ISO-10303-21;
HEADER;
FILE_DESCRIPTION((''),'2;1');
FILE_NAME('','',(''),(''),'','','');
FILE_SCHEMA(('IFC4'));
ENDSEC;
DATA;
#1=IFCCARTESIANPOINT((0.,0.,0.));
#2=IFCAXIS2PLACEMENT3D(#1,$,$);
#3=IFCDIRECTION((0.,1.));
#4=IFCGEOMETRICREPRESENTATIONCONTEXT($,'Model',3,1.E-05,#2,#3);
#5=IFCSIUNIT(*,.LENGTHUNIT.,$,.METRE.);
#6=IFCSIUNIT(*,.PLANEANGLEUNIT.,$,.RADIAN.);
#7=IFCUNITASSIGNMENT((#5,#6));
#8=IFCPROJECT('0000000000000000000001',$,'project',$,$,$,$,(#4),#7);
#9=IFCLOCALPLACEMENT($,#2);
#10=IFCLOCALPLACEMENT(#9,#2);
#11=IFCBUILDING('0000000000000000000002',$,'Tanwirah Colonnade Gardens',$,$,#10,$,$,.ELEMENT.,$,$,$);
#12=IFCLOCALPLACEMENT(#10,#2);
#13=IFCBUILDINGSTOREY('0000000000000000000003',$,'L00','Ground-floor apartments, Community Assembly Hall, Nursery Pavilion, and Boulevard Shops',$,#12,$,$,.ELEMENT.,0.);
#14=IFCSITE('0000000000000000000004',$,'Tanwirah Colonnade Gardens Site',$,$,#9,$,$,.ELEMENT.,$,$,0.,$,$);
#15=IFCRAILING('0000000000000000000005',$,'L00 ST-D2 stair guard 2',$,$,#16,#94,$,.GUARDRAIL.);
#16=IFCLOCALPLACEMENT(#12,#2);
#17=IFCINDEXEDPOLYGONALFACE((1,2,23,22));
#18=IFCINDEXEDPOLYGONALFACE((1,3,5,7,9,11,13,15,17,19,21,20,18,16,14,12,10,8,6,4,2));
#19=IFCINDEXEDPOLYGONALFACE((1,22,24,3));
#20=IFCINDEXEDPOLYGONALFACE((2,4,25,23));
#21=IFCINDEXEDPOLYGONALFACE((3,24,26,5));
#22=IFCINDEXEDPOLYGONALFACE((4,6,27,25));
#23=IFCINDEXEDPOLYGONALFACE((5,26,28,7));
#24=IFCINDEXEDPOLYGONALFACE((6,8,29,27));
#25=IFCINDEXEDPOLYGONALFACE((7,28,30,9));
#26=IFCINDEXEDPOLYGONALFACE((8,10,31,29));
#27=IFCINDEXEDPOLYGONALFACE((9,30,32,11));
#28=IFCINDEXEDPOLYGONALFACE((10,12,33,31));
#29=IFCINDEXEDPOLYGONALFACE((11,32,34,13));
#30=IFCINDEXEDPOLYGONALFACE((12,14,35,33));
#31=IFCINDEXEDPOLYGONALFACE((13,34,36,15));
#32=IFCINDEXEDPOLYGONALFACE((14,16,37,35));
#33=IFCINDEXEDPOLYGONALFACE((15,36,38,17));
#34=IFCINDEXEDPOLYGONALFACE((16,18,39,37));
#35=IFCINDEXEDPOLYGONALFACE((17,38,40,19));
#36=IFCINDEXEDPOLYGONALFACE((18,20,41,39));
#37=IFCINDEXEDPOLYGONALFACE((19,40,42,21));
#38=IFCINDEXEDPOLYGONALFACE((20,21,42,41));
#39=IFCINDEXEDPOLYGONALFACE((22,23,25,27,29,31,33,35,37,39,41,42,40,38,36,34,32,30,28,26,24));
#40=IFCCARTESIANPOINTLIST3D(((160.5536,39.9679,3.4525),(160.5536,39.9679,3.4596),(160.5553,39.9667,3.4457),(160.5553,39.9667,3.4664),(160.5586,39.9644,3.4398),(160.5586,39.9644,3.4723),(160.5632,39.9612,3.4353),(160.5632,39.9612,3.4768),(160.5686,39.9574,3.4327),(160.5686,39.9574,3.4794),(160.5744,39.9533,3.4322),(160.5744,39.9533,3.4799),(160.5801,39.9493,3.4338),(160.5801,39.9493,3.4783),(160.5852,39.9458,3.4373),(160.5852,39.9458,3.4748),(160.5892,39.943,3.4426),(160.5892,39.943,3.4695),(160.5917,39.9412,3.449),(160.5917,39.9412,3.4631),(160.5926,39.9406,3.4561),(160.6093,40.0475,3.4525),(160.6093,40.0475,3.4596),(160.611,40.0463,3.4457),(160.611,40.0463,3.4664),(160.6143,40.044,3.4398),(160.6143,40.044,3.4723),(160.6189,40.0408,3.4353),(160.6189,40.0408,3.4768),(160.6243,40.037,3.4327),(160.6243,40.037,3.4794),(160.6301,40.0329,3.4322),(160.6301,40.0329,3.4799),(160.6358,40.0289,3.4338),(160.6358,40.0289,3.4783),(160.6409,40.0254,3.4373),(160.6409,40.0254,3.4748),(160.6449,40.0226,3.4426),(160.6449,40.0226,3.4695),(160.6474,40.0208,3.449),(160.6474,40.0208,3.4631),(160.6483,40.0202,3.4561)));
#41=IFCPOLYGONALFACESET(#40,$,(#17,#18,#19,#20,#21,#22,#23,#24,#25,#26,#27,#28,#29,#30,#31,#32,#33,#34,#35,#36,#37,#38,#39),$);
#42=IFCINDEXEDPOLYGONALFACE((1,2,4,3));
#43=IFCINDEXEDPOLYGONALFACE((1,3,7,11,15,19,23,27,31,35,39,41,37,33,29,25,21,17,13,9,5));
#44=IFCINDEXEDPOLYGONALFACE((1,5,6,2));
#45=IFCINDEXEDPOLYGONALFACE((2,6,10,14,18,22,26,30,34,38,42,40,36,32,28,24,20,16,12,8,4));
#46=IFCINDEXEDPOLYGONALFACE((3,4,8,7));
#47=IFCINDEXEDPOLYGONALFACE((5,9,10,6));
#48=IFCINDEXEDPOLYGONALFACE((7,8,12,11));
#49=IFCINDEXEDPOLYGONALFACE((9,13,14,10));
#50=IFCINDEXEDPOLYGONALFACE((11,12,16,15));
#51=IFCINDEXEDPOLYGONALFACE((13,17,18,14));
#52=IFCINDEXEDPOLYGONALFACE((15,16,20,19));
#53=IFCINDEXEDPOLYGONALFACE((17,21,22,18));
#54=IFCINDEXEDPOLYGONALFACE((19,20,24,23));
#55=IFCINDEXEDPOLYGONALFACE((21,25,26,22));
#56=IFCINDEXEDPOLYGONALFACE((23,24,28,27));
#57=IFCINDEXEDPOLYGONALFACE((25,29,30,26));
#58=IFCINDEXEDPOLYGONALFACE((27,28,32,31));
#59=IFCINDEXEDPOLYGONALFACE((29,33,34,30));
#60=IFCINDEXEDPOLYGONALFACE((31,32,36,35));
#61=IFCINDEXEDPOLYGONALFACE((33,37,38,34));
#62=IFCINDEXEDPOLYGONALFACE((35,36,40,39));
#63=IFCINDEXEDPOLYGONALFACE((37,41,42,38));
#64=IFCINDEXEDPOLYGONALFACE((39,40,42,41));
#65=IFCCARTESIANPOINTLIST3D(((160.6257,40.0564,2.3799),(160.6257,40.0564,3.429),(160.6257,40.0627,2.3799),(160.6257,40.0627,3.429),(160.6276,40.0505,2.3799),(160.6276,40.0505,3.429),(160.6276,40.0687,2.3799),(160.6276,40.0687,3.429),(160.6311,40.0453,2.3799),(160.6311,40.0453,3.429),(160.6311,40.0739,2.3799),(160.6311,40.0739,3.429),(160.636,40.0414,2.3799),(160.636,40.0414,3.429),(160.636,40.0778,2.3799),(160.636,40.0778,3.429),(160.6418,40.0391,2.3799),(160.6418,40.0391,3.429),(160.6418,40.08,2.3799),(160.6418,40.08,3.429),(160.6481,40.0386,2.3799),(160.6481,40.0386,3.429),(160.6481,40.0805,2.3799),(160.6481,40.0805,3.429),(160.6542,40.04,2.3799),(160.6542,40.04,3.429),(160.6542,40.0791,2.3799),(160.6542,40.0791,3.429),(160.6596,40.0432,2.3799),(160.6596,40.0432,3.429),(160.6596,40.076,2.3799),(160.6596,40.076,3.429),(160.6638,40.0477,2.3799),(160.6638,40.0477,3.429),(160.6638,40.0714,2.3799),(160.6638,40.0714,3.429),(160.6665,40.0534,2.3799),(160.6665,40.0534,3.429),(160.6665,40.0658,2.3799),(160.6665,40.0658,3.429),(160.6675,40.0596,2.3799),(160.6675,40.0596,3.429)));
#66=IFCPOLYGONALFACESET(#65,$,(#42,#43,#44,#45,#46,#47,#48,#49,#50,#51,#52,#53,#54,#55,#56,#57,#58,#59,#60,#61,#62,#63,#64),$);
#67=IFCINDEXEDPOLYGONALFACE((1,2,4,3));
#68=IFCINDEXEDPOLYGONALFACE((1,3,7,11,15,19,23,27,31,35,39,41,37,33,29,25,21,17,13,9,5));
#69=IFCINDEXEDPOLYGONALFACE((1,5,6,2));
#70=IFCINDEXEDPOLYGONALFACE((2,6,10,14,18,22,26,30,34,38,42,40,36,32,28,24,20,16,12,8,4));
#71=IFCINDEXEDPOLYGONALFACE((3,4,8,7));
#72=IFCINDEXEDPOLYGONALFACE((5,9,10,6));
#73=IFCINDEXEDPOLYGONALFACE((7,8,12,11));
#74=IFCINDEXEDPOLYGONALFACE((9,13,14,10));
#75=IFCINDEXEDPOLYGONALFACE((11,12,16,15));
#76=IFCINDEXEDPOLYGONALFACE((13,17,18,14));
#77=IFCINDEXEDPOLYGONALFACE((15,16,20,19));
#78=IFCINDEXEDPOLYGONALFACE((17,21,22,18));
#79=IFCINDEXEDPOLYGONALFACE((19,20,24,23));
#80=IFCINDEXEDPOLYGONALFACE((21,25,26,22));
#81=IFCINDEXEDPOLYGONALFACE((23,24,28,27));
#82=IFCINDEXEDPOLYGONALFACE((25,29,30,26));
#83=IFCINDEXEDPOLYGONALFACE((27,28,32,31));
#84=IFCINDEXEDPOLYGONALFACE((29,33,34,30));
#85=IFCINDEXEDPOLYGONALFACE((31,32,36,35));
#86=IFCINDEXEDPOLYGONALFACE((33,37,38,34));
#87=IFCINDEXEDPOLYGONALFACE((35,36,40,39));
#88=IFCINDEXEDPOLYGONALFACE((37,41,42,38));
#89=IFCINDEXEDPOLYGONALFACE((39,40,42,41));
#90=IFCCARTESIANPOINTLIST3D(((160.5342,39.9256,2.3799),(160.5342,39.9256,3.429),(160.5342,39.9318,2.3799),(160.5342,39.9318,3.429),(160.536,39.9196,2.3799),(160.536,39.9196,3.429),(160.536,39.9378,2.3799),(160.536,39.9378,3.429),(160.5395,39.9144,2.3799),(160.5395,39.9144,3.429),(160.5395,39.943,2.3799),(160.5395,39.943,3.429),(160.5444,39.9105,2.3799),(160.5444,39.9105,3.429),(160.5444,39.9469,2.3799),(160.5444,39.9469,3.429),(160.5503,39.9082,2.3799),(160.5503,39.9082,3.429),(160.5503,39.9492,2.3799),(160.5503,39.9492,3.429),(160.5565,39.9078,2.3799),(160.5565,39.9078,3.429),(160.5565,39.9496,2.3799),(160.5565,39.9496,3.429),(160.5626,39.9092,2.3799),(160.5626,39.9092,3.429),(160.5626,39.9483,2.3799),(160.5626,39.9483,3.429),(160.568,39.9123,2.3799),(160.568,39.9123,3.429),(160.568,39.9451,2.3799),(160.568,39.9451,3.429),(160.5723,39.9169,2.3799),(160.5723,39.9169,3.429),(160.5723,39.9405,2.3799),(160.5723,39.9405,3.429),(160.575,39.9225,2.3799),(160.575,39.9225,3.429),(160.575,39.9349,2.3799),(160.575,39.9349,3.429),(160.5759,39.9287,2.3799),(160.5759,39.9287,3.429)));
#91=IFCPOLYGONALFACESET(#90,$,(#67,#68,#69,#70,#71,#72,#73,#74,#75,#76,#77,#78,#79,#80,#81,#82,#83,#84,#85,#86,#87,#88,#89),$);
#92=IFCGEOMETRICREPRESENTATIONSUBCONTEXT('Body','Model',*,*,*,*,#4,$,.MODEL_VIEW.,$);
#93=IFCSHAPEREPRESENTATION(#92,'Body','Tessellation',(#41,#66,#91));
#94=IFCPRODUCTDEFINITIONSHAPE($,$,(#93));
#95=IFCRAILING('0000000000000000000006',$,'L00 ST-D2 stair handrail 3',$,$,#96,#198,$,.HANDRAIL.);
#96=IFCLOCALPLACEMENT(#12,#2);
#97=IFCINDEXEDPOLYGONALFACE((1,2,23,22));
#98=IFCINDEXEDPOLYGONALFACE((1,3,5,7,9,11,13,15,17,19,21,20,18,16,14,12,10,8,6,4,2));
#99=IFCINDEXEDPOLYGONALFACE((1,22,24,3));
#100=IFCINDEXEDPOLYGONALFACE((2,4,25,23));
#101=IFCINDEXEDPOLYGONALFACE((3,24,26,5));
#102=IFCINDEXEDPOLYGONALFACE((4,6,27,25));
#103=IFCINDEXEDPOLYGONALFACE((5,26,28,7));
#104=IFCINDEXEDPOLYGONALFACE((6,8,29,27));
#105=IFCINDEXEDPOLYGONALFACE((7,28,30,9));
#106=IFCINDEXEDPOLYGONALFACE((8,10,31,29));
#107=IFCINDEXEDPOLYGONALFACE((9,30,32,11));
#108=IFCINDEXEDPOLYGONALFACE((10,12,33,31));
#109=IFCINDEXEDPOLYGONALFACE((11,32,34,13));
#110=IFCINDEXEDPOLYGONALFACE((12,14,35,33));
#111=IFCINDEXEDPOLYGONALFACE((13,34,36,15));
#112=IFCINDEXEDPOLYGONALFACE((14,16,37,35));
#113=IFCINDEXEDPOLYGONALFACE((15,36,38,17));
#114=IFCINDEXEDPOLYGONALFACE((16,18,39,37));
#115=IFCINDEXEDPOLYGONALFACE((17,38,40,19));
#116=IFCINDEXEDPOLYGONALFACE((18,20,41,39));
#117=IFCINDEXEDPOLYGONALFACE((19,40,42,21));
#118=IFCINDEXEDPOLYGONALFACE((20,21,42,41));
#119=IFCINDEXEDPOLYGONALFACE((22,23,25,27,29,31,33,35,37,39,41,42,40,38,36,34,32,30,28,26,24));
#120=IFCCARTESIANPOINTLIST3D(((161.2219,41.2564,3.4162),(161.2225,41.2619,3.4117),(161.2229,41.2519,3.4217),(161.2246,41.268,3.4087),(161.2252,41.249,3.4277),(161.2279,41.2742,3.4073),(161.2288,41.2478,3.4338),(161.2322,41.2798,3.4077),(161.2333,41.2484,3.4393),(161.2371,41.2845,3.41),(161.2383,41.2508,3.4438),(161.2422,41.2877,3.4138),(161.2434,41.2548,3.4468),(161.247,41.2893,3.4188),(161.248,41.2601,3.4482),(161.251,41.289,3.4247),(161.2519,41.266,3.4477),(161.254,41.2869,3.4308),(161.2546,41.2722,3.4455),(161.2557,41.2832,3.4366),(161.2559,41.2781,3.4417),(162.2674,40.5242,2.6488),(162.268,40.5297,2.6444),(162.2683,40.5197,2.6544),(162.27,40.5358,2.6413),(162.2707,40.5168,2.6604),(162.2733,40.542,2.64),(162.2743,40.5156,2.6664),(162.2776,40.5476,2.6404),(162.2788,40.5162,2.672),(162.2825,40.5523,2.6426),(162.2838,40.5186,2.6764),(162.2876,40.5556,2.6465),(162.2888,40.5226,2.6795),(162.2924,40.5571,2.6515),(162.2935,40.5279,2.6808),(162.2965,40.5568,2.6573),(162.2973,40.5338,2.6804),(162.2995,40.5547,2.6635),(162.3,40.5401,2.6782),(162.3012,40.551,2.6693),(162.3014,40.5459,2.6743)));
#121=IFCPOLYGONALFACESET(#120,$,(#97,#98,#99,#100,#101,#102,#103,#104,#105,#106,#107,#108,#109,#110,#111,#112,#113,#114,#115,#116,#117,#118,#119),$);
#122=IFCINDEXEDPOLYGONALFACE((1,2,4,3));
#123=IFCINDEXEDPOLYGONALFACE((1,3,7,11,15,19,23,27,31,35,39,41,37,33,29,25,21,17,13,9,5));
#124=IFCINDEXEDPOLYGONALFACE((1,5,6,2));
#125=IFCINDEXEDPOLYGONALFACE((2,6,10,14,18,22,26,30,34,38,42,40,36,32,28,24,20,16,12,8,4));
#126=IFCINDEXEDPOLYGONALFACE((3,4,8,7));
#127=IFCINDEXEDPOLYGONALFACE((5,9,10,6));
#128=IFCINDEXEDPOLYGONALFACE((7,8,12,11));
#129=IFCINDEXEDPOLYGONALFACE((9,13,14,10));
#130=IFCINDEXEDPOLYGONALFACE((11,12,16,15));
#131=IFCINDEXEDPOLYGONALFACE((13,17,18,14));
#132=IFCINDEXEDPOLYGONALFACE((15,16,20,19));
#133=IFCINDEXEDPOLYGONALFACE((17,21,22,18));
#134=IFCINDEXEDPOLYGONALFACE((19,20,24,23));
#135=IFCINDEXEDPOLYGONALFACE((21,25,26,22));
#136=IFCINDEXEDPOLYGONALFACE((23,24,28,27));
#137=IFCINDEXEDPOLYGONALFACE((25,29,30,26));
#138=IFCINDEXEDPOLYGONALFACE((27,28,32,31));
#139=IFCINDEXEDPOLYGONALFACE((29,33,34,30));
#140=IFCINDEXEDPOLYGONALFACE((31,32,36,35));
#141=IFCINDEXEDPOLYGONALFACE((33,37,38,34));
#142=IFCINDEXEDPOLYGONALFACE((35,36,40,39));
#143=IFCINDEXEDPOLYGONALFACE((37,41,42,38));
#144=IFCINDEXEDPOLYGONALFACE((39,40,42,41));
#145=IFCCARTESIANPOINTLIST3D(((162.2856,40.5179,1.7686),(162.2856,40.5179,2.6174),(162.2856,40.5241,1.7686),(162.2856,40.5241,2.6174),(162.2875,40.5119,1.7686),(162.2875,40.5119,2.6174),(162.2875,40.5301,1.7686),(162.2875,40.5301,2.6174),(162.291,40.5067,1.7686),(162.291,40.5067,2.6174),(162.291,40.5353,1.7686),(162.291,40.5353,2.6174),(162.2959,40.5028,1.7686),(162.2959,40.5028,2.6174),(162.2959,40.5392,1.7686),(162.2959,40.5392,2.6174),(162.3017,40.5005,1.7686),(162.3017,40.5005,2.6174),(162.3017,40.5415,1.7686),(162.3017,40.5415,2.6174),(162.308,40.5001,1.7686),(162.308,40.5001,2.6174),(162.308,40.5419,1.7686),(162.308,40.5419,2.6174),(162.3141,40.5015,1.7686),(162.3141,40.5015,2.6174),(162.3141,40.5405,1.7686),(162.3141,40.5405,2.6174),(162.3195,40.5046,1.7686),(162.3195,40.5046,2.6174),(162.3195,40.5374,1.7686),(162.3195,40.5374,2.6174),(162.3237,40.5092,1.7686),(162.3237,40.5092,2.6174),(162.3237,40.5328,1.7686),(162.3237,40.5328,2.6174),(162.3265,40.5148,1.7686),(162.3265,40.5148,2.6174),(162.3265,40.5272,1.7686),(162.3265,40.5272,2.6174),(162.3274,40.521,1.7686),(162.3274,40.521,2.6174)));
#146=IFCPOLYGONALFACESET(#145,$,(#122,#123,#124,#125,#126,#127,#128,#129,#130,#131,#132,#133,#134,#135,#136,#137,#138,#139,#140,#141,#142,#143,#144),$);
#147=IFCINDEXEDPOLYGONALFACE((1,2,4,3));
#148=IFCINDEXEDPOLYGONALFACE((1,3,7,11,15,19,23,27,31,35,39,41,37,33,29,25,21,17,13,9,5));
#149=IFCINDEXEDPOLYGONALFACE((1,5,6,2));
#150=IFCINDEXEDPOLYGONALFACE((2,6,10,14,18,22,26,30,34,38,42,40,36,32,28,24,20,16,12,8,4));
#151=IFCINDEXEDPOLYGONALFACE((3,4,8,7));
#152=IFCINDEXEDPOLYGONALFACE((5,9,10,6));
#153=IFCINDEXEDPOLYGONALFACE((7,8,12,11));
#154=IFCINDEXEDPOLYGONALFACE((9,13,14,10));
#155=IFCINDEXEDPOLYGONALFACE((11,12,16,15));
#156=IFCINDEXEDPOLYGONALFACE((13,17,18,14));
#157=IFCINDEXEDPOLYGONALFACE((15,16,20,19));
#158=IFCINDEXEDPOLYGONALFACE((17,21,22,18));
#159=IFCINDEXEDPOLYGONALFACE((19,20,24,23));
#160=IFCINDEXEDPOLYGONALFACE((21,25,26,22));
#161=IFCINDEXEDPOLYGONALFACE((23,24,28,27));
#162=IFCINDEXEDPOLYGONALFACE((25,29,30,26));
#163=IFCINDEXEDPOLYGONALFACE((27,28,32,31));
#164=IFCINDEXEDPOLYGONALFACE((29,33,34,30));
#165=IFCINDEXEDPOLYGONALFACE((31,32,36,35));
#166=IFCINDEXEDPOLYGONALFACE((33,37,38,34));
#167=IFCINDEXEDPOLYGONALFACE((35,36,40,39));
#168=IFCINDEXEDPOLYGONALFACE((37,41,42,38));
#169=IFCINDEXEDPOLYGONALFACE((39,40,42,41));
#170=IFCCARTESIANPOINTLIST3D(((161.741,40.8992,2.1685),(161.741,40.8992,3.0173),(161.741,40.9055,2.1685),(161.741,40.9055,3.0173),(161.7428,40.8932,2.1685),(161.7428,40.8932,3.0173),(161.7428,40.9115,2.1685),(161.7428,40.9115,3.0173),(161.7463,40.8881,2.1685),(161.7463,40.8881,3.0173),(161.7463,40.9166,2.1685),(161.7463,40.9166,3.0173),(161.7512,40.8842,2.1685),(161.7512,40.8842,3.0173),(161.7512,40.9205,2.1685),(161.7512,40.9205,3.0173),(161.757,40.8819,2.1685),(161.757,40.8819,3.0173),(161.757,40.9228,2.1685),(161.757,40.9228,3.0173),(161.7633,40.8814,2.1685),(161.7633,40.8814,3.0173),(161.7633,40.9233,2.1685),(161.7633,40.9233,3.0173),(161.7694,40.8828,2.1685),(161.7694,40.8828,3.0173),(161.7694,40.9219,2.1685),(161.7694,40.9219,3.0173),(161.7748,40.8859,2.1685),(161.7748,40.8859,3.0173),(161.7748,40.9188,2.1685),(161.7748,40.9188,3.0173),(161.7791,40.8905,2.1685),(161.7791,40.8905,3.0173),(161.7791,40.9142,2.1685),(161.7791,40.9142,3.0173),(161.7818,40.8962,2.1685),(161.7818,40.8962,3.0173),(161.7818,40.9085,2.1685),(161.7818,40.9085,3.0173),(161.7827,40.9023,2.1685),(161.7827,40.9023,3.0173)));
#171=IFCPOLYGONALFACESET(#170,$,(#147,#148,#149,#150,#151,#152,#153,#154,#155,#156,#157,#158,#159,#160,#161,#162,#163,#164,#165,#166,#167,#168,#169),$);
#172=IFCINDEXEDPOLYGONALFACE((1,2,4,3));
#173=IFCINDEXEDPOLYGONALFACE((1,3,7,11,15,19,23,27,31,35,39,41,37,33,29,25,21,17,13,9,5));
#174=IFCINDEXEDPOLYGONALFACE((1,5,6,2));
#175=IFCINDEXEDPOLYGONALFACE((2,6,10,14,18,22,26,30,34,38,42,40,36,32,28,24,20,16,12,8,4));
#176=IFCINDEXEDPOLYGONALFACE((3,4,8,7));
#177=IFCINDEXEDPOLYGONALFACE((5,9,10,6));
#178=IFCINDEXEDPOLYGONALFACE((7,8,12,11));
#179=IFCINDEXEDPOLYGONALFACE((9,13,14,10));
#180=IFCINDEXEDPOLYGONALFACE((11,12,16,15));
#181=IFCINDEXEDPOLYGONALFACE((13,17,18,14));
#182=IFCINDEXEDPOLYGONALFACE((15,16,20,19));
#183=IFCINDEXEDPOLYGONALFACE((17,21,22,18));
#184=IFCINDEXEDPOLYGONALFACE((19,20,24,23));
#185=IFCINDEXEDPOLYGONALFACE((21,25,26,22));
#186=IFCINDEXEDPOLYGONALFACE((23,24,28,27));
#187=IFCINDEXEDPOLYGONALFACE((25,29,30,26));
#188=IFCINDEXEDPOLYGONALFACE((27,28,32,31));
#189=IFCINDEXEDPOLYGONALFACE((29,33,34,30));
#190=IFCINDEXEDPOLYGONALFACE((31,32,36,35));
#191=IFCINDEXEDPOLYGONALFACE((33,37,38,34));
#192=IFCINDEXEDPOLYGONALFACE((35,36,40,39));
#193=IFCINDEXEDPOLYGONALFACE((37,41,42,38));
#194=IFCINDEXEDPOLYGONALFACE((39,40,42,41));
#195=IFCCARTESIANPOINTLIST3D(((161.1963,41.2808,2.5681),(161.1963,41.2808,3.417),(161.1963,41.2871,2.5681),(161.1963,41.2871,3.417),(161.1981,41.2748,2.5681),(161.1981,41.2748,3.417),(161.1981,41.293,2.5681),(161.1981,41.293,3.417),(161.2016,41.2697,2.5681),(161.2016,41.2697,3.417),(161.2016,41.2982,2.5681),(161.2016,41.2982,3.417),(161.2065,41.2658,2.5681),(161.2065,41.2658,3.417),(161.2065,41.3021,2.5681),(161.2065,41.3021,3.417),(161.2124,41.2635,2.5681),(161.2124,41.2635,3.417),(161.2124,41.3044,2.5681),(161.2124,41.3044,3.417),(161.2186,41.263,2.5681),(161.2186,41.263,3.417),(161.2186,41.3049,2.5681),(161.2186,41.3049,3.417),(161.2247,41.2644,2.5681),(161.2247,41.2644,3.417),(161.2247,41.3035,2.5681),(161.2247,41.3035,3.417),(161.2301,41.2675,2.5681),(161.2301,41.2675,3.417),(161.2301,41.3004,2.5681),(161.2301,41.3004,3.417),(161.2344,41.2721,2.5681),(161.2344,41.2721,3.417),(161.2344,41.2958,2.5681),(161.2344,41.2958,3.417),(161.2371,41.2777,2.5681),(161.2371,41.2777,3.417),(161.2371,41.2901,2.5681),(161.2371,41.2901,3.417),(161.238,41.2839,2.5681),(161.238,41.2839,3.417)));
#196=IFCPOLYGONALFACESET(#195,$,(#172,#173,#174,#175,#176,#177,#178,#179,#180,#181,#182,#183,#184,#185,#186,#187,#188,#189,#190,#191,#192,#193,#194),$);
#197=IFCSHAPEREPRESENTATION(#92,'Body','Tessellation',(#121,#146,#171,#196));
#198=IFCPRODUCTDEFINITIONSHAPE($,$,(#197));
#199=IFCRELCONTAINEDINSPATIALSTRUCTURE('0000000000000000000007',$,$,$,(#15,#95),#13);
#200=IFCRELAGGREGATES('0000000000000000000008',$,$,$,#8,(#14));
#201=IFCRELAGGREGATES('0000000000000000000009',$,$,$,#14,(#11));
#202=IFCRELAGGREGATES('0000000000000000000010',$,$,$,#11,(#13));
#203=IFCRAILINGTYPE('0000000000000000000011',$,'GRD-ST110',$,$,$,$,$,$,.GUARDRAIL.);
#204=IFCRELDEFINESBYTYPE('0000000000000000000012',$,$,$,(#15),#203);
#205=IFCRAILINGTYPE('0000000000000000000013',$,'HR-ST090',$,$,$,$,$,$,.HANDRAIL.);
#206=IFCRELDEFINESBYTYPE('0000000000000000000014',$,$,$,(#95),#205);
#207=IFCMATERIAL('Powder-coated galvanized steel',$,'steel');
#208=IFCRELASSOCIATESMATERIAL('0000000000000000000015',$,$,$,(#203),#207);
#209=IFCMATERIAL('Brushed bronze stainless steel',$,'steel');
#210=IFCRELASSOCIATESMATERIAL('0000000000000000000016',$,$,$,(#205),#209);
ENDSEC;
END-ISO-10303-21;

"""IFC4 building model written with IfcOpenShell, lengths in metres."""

from ifc_helpers import new_model, si_unit, direction, frame, origin, origin_2d, place, context, subcontext, project, spatial, circle, extrude, material, type_object, element, save


model = new_model("IFC4")

# Units and contexts
model_context = context("Model", 3, precision=1e-05, world=origin(), true_north=direction((0.0, 1.0)))
body_context = subcontext(model_context, "Body", "Model", "MODEL_VIEW")
ifc_project = project(units=[si_unit("LENGTHUNIT", "METRE"), si_unit("PLANEANGLEUNIT", "RADIAN")], contexts=[model_context])

# Site, building, storey
site_placement = place(None, origin())
site = spatial("IfcSite", under=ifc_project, at=site_placement, Name="Tanwirah Colonnade Gardens Site", CompositionType="ELEMENT", RefElevation=0.0)
building_placement = place(site_placement, origin())
building = spatial("IfcBuilding", under=site, at=building_placement, Name="Tanwirah Colonnade Gardens", CompositionType="ELEMENT")
storey_placement = place(building_placement, origin())
storey = spatial("IfcBuildingStorey", under=building, at=storey_placement, Name="L00", Description="Ground-floor apartments, Community Assembly Hall, Nursery Pavilion, and Boulevard Shops", CompositionType="ELEMENT", Elevation=0.0)

# Railings
ifc_material_1 = material(Name="Powder-coated galvanized steel", Category="steel")
railing_type_1 = type_object("IfcRailingType", Name="GRD-ST110", PredefinedType="GUARDRAIL", material=ifc_material_1)
railing_1_placement = place(storey_placement, frame((160.6465, 40.0596, 2.3799)))
element("IfcRailing", 1, at=railing_1_placement, inside=storey, type_object=railing_type_1, Name="L00 ST-D2 stair guard 2", PredefinedType="GUARDRAIL", context=body_context, shape_type="SweptSolid", body=[
    extrude(circle(Radius=0.0239, at=origin_2d()), frame((-0.0178, -0.0256, 1.0762), z_axis=(-0.573257, -0.819376, 0.0), x_axis=(0.819376, -0.573257, 0.0)), (0.0, 0.0, 1.0), 0.0972),
    extrude(circle(Radius=0.021, at=origin_2d()), origin(), (0.0, 0.0, 1.0), 1.0491),
    extrude(circle(Radius=0.021, at=origin_2d()), frame((-0.0916, -0.1309, 0.0)), (0.0, 0.0, 1.0), 1.0491),
])
ifc_material_2 = material(Name="Brushed bronze stainless steel", Category="steel")
railing_type_2 = type_object("IfcRailingType", Name="HR-ST090", PredefinedType="HANDRAIL", material=ifc_material_2)
railing_2_placement = place(storey_placement, frame((162.3064, 40.521, 1.7686)))
element("IfcRailing", 2, at=railing_2_placement, inside=storey, type_object=railing_type_2, Name="L00 ST-D2 stair handrail 3", PredefinedType="HANDRAIL", context=body_context, shape_type="SweptSolid", body=[
    extrude(circle(Radius=0.0239, at=origin_2d()), frame((-0.022, 0.0154, 0.8918), z_axis=(-0.701997, 0.49165, 0.515249), x_axis=(-0.573659, -0.819094, 0.0)), (0.0, 0.0, 1.0), 1.4893),
    extrude(circle(Radius=0.021, at=origin_2d()), origin(), (0.0, 0.0, 1.0), 0.8489),
    extrude(circle(Radius=0.021, at=origin_2d()), frame((-0.5447, 0.3813, 0.3999)), (0.0, 0.0, 1.0), 0.8489),
    extrude(circle(Radius=0.021, at=origin_2d()), frame((-1.0894, 0.7629, 0.7996)), (0.0, 0.0, 1.0), 0.8489),
])

save(model, "model.ifc")
